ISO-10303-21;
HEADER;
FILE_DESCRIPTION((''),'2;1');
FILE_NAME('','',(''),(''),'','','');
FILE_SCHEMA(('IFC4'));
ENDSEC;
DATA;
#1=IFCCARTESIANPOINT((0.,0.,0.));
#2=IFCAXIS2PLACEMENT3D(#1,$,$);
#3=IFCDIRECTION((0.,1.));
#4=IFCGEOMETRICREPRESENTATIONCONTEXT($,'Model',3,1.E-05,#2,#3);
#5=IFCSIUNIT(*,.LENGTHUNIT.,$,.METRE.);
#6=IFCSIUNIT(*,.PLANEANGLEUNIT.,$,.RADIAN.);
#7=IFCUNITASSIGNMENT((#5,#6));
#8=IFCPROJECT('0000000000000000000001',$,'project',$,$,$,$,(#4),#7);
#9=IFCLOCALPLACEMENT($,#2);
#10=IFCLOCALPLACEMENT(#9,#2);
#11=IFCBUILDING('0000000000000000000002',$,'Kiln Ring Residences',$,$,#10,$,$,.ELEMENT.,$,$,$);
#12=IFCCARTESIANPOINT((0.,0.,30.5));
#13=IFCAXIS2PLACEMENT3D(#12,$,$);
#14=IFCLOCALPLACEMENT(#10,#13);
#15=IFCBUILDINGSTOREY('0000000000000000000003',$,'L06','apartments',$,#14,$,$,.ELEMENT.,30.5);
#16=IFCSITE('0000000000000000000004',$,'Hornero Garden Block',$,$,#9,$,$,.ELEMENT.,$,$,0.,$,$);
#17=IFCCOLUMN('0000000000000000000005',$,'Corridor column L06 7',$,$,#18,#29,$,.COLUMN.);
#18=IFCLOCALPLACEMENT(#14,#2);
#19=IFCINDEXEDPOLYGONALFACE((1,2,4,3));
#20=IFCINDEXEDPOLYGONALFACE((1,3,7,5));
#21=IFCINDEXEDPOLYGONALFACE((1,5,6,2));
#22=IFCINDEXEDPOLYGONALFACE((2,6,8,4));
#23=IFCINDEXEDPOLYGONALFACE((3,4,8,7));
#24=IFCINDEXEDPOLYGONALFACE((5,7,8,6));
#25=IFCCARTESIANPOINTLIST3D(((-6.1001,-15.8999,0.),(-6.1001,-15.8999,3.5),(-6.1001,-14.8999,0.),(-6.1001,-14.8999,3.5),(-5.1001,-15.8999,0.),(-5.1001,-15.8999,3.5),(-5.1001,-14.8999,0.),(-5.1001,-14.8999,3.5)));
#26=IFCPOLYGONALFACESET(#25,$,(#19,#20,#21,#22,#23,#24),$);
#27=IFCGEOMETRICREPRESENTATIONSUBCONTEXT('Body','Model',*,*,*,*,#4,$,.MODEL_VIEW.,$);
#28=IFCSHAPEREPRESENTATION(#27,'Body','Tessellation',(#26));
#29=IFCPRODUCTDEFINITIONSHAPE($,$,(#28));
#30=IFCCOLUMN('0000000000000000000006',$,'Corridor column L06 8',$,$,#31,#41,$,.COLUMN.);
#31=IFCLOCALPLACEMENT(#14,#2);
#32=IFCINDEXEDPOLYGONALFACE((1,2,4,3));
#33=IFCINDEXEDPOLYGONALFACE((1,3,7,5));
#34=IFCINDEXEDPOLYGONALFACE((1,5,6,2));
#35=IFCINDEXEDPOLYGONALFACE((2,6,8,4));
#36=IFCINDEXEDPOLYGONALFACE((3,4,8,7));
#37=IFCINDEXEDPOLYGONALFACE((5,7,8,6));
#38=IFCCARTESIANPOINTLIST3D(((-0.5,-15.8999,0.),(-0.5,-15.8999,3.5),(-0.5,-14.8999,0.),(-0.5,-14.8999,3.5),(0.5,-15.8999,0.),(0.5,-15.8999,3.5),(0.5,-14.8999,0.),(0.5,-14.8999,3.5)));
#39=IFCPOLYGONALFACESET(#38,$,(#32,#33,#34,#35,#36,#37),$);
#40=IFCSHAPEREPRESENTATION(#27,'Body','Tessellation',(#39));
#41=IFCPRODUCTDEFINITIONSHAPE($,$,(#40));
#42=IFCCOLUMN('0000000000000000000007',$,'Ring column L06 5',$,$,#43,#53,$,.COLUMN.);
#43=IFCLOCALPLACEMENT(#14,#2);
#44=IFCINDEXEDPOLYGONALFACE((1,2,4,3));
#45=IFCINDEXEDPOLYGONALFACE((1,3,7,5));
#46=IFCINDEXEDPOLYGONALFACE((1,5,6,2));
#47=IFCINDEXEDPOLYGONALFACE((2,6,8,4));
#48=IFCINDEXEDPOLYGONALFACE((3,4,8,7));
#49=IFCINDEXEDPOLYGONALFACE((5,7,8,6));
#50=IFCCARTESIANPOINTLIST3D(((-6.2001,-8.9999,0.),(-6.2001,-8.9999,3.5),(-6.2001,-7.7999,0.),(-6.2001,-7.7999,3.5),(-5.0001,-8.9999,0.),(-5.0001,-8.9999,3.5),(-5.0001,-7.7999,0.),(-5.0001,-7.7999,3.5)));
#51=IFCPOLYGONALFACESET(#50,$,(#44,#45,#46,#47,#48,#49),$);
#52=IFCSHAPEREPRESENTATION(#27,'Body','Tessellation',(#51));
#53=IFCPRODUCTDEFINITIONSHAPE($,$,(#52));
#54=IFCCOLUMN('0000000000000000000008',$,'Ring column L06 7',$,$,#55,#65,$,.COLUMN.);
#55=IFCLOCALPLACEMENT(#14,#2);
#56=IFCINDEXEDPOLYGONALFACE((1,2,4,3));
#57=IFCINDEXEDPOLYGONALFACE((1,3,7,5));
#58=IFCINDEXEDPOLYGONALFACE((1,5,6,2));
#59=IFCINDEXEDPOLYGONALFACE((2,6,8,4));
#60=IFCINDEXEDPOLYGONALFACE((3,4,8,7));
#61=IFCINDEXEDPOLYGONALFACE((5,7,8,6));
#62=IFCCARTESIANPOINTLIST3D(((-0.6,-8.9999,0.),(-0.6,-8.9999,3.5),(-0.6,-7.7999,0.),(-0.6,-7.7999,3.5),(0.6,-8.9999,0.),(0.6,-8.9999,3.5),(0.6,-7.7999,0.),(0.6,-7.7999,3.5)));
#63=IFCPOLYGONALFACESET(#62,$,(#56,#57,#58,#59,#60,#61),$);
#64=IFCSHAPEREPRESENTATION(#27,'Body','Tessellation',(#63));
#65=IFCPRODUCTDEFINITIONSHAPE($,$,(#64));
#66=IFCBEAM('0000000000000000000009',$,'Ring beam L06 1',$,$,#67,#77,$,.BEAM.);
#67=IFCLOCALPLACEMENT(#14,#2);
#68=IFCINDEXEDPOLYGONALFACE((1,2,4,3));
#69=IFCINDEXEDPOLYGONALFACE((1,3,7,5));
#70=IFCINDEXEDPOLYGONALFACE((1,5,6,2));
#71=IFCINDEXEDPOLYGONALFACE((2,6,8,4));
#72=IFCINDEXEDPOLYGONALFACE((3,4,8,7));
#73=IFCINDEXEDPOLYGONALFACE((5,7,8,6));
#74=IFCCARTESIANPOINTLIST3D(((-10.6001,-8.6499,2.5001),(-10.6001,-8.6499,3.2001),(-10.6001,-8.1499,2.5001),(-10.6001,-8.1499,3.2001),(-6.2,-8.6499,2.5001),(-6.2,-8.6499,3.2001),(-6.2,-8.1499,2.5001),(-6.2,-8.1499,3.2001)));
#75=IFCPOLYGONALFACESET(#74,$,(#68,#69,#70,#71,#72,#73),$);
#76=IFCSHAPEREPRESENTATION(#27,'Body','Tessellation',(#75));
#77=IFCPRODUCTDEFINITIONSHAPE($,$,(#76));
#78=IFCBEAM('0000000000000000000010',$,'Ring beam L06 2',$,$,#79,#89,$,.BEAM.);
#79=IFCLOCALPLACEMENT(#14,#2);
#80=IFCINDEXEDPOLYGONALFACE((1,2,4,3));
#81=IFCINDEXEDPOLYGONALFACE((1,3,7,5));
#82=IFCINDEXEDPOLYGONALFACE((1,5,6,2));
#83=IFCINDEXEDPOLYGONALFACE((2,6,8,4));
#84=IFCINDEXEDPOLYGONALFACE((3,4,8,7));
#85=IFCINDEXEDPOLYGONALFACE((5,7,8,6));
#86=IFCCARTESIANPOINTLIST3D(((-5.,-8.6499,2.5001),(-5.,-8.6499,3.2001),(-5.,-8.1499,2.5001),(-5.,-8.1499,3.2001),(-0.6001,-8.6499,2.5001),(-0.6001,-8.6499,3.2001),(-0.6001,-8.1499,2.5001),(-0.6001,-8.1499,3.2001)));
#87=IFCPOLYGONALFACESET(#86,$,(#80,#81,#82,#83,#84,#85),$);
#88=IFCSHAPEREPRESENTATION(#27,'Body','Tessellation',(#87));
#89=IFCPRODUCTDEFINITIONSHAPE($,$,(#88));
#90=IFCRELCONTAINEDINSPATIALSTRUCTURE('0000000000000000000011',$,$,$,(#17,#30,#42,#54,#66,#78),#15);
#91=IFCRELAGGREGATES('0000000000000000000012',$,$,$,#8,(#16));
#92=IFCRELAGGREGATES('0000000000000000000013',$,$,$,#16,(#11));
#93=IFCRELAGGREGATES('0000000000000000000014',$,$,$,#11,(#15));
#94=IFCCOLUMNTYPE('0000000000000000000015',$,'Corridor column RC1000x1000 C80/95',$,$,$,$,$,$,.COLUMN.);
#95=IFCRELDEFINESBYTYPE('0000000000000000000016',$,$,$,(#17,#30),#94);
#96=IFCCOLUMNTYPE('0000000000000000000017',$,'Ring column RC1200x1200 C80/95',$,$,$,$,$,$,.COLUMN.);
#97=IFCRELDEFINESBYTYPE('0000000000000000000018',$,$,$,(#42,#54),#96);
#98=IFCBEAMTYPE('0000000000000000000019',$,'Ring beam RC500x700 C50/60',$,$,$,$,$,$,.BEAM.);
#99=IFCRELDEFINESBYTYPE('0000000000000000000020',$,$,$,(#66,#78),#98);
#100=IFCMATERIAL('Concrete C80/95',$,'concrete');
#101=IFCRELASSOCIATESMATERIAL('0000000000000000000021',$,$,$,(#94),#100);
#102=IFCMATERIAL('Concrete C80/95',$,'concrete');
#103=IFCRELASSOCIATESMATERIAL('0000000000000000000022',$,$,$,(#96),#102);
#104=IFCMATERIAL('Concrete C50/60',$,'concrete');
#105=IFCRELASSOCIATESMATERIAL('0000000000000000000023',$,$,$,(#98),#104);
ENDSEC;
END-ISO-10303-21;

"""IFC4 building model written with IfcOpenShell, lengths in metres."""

from ifc_helpers import new_model, si_unit, direction, frame, origin, origin_2d, place, context, subcontext, project, spatial, rectangle, extrude, material, material_profile, profile_set, type_object, element, save


model = new_model("IFC4")

# Units and contexts
model_context = context("Model", 3, precision=1e-05, world=origin(), true_north=direction((0.0, 1.0)))
body_context = subcontext(model_context, "Body", "Model", "MODEL_VIEW")
ifc_project = project(units=[si_unit("LENGTHUNIT", "METRE"), si_unit("PLANEANGLEUNIT", "RADIAN")], contexts=[model_context])

# Site, building, storey
site_placement = place(None, origin())
site = spatial("IfcSite", under=ifc_project, at=site_placement, Name="Hornero Garden Block", CompositionType="ELEMENT", RefElevation=0.0)
building_placement = place(site_placement, origin())
building = spatial("IfcBuilding", under=site, at=building_placement, Name="Kiln Ring Residences", CompositionType="ELEMENT")
storey_placement = place(building_placement, frame((0.0, 0.0, 30.5)))
storey = spatial("IfcBuildingStorey", under=building, at=storey_placement, Name="L06", Description="apartments", CompositionType="ELEMENT", Elevation=30.5)

# Columns
ifc_material_1 = material(Name="Concrete C80/95", Category="concrete")
ifc_material_profile_1 = material_profile(ifc_material_1, rectangle(XDim=1.0, YDim=1.0, at=origin_2d()), Name="RC1000x1000")
ifc_profile_set_1 = profile_set([ifc_material_profile_1], Name="Concrete C80/95")
column_type_1 = type_object("IfcColumnType", Name="Corridor column RC1000x1000 C80/95", PredefinedType="COLUMN", material=ifc_profile_set_1)
for number, where, z_axis, x_axis, name in (
    (1, (-5.6001, -15.3999, 0.0), (0.0, 0.0, 1.0), (1.0, 0.0, 0.0), "Corridor column L06 7"),
    (2, (0.0, -15.3999, 0.0), (0.0, 0.0, 1.0), (1.0, 0.0, 0.0), "Corridor column L06 8"),
):
    element("IfcColumn", number, at=place(storey_placement, frame(where, z_axis=z_axis, x_axis=x_axis)), inside=storey, type_object=column_type_1, Name=name, PredefinedType="COLUMN", context=body_context, shape_type="SweptSolid", body=[
        extrude(rectangle(XDim=1.0, YDim=1.0, at=origin_2d()), origin(), (0.0, 0.0, 1.0), 3.5),
    ])
ifc_material_2 = material(Name="Concrete C80/95", Category="concrete")
ifc_material_profile_2 = material_profile(ifc_material_2, rectangle(XDim=1.2, YDim=1.2, at=origin_2d()), Name="RC1200x1200")
ifc_profile_set_2 = profile_set([ifc_material_profile_2], Name="Concrete C80/95")
column_type_2 = type_object("IfcColumnType", Name="Ring column RC1200x1200 C80/95", PredefinedType="COLUMN", material=ifc_profile_set_2)
for number, where, z_axis, x_axis, name in (
    (3, (-5.6001, -8.3999, 0.0), (0.0, 0.0, 1.0), (1.0, 0.0, 0.0), "Ring column L06 5"),
    (4, (0.0, -8.3999, 0.0), (0.0, 0.0, 1.0), (1.0, 0.0, 0.0), "Ring column L06 7"),
):
    element("IfcColumn", number, at=place(storey_placement, frame(where, z_axis=z_axis, x_axis=x_axis)), inside=storey, type_object=column_type_2, Name=name, PredefinedType="COLUMN", context=body_context, shape_type="SweptSolid", body=[
        extrude(rectangle(XDim=1.2, YDim=1.2, at=origin_2d()), origin(), (0.0, 0.0, 1.0), 3.5),
    ])

# Beams
ifc_material_3 = material(Name="Concrete C50/60", Category="concrete")
ifc_material_profile_3 = material_profile(ifc_material_3, rectangle(XDim=0.5, YDim=0.7, at=origin_2d()), Name="RC500x700")
ifc_profile_set_3 = profile_set([ifc_material_profile_3], Name="Concrete C50/60")
beam_type = type_object("IfcBeamType", Name="Ring beam RC500x700 C50/60", PredefinedType="BEAM", material=ifc_profile_set_3)
beam_1_placement = place(storey_placement, frame((-10.6001, -8.3999, 2.8501), z_axis=(1.0, 0.0, 0.0), x_axis=(0.0, 1.0, 0.0)))
element("IfcBeam", 5, at=beam_1_placement, inside=storey, type_object=beam_type, Name="Ring beam L06 1", PredefinedType="BEAM", context=body_context, shape_type="SweptSolid", body=[
    extrude(rectangle(XDim=0.5, YDim=0.7, at=origin_2d()), origin(), (0.0, 0.0, 1.0), 4.4001),
])
beam_2_placement = place(storey_placement, frame((-5.0, -8.3999, 2.8501), z_axis=(1.0, 0.0, 0.0), x_axis=(0.0, 1.0, 0.0)))
element("IfcBeam", 6, at=beam_2_placement, inside=storey, type_object=beam_type, Name="Ring beam L06 2", PredefinedType="BEAM", context=body_context, shape_type="SweptSolid", body=[
    extrude(rectangle(XDim=0.5, YDim=0.7, at=origin_2d()), origin(), (0.0, 0.0, 1.0), 4.3999),
])

save(model, "model.ifc")
